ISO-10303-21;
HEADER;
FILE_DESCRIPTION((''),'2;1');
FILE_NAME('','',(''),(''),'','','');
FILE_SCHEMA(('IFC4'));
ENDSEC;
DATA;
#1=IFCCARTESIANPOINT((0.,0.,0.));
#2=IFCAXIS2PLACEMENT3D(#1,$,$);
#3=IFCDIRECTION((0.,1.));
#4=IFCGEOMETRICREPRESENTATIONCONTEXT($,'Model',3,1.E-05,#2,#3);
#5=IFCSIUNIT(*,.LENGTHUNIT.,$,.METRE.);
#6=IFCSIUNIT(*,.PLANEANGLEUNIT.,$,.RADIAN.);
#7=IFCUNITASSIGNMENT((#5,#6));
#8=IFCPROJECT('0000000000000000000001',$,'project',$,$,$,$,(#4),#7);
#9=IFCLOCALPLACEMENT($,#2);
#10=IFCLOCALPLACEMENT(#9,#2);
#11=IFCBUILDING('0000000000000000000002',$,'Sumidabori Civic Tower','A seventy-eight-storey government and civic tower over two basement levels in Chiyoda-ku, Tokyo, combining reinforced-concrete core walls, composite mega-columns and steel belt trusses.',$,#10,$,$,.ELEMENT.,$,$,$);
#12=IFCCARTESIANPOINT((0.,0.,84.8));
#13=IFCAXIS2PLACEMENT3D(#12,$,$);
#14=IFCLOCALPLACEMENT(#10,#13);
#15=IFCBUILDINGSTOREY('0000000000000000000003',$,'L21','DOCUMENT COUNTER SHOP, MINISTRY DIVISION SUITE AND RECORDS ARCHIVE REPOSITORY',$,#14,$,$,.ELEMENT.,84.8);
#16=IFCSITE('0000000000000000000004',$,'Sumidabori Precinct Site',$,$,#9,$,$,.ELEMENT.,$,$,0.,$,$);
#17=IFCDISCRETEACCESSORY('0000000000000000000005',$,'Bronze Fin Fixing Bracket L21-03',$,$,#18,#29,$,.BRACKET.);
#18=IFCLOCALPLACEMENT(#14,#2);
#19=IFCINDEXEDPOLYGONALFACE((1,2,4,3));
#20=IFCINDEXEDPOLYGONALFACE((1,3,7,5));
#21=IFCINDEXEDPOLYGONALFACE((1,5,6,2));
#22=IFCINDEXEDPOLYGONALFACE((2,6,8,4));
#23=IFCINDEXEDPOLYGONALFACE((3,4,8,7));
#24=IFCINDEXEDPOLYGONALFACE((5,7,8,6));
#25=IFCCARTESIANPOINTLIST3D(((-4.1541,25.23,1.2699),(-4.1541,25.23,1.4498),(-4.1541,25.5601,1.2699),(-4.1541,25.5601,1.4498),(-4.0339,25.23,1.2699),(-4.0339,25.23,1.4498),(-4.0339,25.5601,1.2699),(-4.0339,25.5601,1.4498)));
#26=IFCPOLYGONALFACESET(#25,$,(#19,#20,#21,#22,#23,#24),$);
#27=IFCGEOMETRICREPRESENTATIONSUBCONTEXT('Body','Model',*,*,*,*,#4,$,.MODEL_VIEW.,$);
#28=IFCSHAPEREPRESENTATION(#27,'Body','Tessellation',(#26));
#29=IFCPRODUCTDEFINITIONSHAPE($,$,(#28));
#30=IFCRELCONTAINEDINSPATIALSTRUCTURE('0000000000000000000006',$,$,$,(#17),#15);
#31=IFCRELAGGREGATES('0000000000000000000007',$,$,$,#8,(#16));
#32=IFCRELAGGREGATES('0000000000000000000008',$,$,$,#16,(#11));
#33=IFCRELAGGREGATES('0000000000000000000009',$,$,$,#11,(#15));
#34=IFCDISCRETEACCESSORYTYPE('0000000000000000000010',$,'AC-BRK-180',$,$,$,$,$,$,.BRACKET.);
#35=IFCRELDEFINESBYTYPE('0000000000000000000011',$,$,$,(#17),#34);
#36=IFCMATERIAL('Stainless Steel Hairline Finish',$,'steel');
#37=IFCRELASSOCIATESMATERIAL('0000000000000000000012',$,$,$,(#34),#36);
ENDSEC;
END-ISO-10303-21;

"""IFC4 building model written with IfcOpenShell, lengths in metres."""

from ifc_helpers import new_model, si_unit, direction, frame, origin, origin_2d, place, context, subcontext, project, spatial, rectangle, extrude, source, transform, mapped, material, material_profile, profile_set, type_object, element, save


model = new_model("IFC4")

# Units and contexts
model_context = context("Model", 3, precision=1e-05, world=origin(), true_north=direction((0.0, 1.0)))
body_context = subcontext(model_context, "Body", "Model", "MODEL_VIEW")
ifc_project = project(units=[si_unit("LENGTHUNIT", "METRE"), si_unit("PLANEANGLEUNIT", "RADIAN")], contexts=[model_context])

# Site, building, storey
site_placement = place(None, origin())
site = spatial("IfcSite", under=ifc_project, at=site_placement, Name="Sumidabori Precinct Site", CompositionType="ELEMENT", RefElevation=0.0)
building_placement = place(site_placement, origin())
building = spatial("IfcBuilding", under=site, at=building_placement, Name="Sumidabori Civic Tower", Description="A seventy-eight-storey government and civic tower over two basement levels in Chiyoda-ku, Tokyo, combining reinforced-concrete core walls, composite mega-columns and steel belt trusses.", CompositionType="ELEMENT")
storey_placement = place(building_placement, frame((0.0, 0.0, 84.8)))
storey = spatial("IfcBuildingStorey", under=building, at=storey_placement, Name="L21", Description="DOCUMENT COUNTER SHOP, MINISTRY DIVISION SUITE AND RECORDS ARCHIVE REPOSITORY", CompositionType="ELEMENT", Elevation=84.8)

# Shared definitions
ifc_material_1 = material(Name="Stainless Steel Hairline Finish", Category="steel")

# Discrete accessory
ifc_material_profile_1 = material_profile(ifc_material_1, rectangle(XDim=0.1201, YDim=0.1799, at=origin_2d()), Name="STEEL BRACKET 180x120")
ifc_profile_set_1 = profile_set([ifc_material_profile_1], Name="Stainless Steel Hairline Finish")
discrete_accessory_type = type_object("IfcDiscreteAccessoryType", Name="AC-BRK-180", PredefinedType="BRACKET", material=ifc_profile_set_1)
shared_shape_1 = source(origin(), body_context, "Body", "SweptSolid", [
    extrude(rectangle(XDim=0.1201, YDim=0.1799, at=origin_2d()), origin(), (0.0, 0.0, 1.0), 0.3301),
])
discrete_accessory_placement = place(storey_placement, frame((-4.094, 25.23, 1.3599), z_axis=(0.0, 1.0, 0.0), x_axis=(-1.0, 0.0, 0.0)))
element("IfcDiscreteAccessory", 1, at=discrete_accessory_placement, inside=storey, type_object=discrete_accessory_type, Name="Bronze Fin Fixing Bracket L21-03", PredefinedType="BRACKET", context=body_context, shape_type="MappedRepresentation", body=[
    mapped(shared_shape_1, transform((0.0, 0.0, 0.0), x_axis=(1.0, 0.0, 0.0), y_axis=(0.0, 1.0, 0.0), z_axis=(0.0, 0.0, 1.0), scale=1.0)),
])

save(model, "model.ifc")
